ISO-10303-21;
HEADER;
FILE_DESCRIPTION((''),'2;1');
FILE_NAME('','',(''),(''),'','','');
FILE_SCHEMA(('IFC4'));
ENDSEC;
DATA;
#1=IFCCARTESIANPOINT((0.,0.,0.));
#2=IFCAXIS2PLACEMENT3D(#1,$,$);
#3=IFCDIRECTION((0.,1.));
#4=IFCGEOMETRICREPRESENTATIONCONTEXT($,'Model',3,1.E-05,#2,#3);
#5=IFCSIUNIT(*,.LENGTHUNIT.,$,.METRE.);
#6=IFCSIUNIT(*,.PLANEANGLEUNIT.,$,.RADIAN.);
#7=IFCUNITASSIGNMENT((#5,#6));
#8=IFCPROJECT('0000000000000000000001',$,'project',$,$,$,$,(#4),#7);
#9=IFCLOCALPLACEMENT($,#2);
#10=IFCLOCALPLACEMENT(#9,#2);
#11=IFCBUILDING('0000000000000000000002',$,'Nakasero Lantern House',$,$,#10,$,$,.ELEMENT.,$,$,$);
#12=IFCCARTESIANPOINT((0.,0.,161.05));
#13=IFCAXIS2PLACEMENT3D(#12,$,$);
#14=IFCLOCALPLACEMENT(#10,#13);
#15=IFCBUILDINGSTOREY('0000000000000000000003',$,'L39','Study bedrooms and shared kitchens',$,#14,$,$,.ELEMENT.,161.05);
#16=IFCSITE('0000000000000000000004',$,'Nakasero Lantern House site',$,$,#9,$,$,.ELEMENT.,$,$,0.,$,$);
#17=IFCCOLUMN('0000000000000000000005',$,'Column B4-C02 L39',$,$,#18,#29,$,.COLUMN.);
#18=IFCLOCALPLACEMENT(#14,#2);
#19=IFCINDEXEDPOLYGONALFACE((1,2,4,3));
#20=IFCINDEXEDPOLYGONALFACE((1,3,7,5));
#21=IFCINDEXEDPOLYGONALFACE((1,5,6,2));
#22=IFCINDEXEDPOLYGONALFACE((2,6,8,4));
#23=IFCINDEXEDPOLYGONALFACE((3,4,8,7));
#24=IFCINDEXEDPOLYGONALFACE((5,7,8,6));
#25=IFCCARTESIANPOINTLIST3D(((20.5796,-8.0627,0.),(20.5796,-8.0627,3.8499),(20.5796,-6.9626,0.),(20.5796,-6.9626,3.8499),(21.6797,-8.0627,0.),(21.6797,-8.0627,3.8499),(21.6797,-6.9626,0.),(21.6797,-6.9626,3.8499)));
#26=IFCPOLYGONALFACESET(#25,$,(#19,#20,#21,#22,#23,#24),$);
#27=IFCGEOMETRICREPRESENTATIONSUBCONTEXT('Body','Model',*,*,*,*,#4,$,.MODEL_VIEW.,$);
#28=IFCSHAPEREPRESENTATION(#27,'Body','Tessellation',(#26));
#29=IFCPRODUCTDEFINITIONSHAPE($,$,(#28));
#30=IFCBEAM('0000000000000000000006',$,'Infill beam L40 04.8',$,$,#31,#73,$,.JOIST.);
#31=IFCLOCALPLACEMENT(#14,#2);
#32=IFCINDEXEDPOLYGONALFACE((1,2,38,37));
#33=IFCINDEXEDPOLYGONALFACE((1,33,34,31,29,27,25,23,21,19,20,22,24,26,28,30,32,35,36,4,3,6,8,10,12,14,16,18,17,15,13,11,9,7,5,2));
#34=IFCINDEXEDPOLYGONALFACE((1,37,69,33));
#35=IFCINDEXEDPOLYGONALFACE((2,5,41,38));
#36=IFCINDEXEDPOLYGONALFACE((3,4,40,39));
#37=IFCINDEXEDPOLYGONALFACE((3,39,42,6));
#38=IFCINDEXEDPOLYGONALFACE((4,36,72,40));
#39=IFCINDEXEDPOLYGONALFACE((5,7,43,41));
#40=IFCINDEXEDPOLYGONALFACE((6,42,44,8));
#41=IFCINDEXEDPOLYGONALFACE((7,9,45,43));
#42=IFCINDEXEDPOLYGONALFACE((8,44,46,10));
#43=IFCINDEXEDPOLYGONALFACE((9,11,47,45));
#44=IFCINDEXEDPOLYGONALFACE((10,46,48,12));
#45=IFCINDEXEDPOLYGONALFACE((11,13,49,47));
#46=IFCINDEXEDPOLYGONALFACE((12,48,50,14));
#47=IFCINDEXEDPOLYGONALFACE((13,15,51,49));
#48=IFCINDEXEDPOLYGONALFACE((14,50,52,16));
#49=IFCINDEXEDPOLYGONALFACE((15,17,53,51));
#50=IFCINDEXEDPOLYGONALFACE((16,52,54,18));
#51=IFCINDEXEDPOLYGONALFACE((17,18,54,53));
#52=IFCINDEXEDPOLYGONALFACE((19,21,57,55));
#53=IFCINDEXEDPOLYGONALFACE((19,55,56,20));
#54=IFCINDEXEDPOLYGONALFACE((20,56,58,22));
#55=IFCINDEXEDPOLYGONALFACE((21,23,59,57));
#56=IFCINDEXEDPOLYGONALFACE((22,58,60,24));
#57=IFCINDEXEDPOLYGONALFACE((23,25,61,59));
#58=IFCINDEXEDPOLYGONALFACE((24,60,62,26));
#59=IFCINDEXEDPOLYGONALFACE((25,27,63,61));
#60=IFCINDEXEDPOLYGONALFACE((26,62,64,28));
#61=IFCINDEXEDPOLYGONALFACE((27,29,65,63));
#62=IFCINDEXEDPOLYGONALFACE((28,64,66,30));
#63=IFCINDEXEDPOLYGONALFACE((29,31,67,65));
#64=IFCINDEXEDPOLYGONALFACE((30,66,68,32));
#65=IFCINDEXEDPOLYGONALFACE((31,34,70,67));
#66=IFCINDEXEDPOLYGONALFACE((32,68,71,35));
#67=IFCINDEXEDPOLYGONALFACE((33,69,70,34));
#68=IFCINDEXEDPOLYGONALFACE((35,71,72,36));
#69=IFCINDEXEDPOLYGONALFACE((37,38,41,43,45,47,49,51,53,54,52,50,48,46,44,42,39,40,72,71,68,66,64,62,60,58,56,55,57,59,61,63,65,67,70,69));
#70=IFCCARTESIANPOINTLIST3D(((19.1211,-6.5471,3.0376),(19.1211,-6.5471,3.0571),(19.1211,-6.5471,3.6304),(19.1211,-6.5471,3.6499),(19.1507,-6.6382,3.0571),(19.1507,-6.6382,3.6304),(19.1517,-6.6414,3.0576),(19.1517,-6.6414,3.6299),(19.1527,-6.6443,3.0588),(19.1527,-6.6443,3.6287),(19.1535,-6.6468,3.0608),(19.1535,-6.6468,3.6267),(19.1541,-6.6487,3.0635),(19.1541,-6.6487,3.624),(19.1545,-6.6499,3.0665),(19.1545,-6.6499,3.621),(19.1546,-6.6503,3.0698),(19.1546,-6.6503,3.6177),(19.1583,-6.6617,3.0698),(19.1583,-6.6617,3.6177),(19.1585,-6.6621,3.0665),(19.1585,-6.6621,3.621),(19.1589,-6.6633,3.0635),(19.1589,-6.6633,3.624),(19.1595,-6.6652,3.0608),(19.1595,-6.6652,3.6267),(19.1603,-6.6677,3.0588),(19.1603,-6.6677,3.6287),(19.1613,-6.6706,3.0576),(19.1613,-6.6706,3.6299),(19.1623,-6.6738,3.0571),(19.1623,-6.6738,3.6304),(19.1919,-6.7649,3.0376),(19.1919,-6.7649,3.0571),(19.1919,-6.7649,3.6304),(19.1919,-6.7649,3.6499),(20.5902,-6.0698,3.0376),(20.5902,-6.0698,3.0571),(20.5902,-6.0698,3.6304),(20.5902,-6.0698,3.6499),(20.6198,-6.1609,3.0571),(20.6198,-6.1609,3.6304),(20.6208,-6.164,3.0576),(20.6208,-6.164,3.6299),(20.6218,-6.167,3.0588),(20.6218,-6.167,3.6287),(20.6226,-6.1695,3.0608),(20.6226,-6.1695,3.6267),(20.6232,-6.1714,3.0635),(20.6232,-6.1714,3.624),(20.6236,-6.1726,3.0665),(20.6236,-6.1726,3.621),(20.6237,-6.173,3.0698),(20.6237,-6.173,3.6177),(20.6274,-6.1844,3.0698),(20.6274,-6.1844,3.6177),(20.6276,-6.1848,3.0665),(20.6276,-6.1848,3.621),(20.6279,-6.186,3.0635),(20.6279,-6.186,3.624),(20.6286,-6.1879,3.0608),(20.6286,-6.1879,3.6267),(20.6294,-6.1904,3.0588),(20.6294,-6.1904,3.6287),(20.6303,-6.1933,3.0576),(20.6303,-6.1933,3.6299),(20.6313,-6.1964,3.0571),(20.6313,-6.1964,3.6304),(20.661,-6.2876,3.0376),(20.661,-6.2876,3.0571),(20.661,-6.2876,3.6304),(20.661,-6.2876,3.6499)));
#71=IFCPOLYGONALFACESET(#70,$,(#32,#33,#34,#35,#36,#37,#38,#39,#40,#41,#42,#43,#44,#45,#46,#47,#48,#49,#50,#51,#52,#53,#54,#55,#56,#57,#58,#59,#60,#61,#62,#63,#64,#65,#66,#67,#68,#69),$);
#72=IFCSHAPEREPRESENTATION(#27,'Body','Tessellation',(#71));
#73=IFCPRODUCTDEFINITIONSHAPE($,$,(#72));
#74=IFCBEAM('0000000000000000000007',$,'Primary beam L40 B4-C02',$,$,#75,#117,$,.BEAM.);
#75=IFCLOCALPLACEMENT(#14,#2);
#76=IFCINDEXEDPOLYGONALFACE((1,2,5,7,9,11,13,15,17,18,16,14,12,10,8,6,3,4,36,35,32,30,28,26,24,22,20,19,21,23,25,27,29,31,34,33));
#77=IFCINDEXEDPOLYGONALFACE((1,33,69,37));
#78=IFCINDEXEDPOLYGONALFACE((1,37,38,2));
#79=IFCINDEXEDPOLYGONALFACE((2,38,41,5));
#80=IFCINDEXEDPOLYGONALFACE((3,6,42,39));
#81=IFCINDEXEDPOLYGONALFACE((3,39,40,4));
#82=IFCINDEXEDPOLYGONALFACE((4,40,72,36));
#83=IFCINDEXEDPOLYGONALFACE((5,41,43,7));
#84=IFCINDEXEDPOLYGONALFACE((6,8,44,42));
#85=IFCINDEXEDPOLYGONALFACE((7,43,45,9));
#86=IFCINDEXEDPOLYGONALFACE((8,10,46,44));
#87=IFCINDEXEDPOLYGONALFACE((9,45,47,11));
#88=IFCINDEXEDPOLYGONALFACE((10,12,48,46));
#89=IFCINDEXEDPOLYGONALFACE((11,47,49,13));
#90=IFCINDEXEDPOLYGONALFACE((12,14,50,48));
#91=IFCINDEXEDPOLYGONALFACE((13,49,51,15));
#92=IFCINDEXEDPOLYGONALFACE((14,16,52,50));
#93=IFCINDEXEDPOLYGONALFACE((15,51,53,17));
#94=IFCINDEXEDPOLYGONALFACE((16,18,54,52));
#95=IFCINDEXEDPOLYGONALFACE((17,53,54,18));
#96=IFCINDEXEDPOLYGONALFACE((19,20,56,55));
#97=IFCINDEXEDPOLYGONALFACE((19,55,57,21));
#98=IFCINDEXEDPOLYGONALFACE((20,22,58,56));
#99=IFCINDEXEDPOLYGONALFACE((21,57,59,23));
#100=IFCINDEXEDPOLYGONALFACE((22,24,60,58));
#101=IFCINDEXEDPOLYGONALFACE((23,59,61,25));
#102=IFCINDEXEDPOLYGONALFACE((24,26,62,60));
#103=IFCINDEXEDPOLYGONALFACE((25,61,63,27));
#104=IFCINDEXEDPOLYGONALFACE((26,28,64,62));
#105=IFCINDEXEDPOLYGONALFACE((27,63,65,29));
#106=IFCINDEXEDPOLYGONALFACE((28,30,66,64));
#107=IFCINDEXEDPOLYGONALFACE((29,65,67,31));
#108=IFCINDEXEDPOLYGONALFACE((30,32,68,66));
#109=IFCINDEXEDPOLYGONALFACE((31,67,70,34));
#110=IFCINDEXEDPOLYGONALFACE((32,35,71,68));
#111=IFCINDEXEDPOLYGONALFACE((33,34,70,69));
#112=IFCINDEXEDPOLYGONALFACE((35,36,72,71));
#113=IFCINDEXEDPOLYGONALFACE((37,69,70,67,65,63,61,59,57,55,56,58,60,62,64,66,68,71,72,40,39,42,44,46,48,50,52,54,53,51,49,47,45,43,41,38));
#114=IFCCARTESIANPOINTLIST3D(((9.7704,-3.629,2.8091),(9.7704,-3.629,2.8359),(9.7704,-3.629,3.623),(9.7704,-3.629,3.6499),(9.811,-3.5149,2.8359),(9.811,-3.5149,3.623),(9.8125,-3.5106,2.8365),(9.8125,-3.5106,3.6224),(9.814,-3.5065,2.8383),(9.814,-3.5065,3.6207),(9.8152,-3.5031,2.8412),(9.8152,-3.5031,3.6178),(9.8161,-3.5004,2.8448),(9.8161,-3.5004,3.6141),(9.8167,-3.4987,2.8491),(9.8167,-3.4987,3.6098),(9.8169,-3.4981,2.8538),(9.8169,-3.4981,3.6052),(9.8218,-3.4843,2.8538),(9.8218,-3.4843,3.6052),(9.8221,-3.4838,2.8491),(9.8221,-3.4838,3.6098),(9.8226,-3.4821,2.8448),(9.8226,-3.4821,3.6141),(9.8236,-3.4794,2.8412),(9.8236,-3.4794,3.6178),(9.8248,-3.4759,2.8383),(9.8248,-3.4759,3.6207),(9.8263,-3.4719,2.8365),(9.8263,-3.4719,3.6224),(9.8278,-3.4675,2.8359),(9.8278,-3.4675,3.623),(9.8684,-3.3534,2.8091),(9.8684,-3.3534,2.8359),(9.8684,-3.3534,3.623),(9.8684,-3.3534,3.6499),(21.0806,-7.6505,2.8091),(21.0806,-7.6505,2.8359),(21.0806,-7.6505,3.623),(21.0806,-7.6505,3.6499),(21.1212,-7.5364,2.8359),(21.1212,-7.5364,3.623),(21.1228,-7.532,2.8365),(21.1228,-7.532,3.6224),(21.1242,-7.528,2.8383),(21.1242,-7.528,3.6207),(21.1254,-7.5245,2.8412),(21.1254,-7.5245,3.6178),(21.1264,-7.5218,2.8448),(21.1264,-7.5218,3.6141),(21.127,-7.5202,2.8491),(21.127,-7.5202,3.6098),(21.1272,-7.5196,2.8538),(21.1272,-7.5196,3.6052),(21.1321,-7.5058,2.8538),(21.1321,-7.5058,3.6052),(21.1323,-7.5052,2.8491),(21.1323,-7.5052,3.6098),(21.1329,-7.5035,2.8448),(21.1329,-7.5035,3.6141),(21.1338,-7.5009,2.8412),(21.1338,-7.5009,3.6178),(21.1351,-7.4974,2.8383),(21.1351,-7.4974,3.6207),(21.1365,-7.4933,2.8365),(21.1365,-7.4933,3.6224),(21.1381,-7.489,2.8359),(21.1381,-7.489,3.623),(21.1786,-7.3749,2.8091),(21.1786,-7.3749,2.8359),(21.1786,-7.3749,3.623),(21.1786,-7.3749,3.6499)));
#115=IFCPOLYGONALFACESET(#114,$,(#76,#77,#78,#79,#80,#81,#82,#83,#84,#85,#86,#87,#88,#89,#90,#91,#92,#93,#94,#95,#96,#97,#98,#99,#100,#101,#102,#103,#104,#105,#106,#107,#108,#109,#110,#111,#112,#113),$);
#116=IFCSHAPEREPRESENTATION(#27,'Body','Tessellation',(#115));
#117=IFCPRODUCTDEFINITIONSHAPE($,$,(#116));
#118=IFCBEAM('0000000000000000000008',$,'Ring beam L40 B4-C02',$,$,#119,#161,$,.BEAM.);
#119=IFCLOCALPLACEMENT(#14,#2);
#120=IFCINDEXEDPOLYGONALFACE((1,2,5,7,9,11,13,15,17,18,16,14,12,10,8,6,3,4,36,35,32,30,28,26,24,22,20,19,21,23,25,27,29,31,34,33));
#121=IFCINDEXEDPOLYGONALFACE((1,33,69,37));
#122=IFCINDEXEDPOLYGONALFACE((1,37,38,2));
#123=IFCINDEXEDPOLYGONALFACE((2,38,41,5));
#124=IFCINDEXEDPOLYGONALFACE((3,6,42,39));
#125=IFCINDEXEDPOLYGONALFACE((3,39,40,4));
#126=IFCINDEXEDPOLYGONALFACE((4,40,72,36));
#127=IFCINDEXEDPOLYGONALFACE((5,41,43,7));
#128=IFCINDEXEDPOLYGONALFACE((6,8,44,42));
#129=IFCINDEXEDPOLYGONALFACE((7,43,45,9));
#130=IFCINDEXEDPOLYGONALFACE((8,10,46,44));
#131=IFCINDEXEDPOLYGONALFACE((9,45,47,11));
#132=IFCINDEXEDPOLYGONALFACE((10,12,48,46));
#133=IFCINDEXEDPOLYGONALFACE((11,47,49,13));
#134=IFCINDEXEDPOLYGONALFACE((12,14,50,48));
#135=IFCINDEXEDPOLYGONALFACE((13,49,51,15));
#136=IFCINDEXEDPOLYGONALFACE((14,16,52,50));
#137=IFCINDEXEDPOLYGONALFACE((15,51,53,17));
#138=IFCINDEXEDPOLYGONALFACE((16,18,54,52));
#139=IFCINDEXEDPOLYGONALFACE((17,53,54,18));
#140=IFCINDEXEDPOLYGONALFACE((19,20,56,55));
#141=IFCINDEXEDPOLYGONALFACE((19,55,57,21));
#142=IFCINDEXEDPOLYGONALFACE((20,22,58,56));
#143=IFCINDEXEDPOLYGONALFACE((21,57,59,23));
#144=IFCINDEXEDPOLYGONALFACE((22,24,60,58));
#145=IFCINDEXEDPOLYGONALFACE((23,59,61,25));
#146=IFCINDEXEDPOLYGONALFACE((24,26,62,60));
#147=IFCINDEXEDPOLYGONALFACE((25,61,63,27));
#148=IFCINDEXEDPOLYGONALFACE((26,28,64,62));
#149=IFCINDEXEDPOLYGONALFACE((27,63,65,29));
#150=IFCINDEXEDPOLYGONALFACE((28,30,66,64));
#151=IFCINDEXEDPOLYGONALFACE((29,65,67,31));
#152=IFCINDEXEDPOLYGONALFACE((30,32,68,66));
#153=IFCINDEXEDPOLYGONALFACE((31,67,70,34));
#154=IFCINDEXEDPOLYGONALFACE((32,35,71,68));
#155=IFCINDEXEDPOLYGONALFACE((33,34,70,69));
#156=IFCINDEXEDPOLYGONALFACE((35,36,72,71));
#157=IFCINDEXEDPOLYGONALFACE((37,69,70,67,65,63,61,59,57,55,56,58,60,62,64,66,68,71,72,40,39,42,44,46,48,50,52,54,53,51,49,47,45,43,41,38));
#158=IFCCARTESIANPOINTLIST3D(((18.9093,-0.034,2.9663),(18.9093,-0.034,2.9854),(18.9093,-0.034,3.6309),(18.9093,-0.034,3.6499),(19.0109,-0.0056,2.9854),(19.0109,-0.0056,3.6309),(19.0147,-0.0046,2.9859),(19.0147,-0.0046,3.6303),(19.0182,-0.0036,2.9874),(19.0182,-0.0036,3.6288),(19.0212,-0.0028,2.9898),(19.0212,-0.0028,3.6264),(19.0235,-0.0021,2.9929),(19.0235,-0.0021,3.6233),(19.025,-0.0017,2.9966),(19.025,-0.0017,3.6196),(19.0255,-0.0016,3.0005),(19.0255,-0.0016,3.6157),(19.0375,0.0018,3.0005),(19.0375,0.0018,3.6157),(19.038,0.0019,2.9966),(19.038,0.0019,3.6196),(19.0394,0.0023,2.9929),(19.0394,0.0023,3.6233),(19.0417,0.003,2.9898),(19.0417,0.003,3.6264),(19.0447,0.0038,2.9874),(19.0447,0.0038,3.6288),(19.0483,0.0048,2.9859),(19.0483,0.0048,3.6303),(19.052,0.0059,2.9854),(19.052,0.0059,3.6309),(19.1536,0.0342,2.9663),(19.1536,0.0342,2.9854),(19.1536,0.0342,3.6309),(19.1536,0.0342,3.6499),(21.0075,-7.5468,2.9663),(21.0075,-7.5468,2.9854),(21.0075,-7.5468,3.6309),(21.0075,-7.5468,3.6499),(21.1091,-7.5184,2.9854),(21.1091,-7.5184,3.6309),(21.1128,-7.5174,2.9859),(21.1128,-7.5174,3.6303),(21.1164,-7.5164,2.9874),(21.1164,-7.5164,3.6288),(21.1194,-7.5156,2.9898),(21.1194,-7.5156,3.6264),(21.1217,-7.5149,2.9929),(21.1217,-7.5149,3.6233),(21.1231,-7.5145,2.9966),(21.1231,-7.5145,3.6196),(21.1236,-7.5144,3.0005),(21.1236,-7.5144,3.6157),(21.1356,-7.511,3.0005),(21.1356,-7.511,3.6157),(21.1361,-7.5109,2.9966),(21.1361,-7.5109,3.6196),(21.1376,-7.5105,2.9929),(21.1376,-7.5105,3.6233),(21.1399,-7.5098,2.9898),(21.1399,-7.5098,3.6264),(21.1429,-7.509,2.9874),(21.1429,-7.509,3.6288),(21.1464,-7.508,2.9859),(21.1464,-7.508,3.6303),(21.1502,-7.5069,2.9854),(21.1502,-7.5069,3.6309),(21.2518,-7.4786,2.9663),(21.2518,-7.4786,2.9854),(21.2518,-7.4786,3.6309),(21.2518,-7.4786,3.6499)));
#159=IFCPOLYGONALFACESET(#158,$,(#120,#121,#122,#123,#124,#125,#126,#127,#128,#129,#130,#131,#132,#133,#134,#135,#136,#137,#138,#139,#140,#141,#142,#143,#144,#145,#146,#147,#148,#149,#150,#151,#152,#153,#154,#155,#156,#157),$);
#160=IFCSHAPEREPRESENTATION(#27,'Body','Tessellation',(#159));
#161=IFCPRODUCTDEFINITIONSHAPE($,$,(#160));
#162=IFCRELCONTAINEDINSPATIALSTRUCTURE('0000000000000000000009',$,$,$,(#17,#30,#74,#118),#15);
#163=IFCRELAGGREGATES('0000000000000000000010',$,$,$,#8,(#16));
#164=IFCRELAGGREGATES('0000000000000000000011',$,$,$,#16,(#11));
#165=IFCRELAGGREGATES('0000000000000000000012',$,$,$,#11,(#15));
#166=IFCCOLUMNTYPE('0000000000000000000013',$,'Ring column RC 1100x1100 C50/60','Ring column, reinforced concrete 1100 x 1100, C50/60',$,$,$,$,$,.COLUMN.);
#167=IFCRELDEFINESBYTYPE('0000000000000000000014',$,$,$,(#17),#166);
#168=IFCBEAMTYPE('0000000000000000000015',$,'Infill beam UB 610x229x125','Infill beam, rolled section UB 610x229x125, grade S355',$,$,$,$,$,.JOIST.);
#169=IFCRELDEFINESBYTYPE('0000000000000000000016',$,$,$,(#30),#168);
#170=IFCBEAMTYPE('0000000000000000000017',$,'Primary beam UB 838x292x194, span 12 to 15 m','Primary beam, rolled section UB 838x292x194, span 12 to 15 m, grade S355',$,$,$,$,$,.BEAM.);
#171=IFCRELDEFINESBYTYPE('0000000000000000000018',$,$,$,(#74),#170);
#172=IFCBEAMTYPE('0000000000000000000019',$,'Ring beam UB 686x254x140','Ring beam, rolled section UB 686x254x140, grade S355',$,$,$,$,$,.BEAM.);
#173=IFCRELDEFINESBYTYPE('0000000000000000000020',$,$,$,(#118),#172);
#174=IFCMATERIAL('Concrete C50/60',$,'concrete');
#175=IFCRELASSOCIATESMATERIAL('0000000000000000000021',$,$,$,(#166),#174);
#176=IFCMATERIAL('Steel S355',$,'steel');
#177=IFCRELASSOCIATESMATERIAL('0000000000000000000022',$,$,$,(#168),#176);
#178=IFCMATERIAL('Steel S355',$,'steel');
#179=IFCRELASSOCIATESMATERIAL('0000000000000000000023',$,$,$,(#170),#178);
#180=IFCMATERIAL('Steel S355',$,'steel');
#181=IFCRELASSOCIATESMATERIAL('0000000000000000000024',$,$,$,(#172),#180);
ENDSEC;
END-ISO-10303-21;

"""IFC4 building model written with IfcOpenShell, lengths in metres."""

from ifc_helpers import new_model, si_unit, direction, frame, origin, origin_2d, place, context, subcontext, project, spatial, rectangle, i_section, extrude, material, material_profile, profile_set, type_object, element, save


model = new_model("IFC4")

# Units and contexts
model_context = context("Model", 3, precision=1e-05, world=origin(), true_north=direction((0.0, 1.0)))
body_context = subcontext(model_context, "Body", "Model", "MODEL_VIEW")
ifc_project = project(units=[si_unit("LENGTHUNIT", "METRE"), si_unit("PLANEANGLEUNIT", "RADIAN")], contexts=[model_context])

# Site, building, storey
site_placement = place(None, origin())
site = spatial("IfcSite", under=ifc_project, at=site_placement, Name="Nakasero Lantern House site", CompositionType="ELEMENT", RefElevation=0.0)
building_placement = place(site_placement, origin())
building = spatial("IfcBuilding", under=site, at=building_placement, Name="Nakasero Lantern House", CompositionType="ELEMENT")
storey_placement = place(building_placement, frame((0.0, 0.0, 161.05)))
storey = spatial("IfcBuildingStorey", under=building, at=storey_placement, Name="L39", Description="Study bedrooms and shared kitchens", CompositionType="ELEMENT", Elevation=161.05)

# Column
ifc_material_1 = material(Name="Concrete C50/60", Category="concrete")
ifc_material_profile_1 = material_profile(ifc_material_1, rectangle(XDim=1.1001, YDim=1.1001, at=origin_2d()), Name="RC 1100x1100")
ifc_profile_set_1 = profile_set([ifc_material_profile_1], Name="Concrete C50/60")
column_type = type_object("IfcColumnType", Name="Ring column RC 1100x1100 C50/60", Description="Ring column, reinforced concrete 1100 x 1100, C50/60", PredefinedType="COLUMN", material=ifc_profile_set_1)
column_placement = place(storey_placement, frame((21.1296, -7.5127, 0.0), z_axis=(0.0, 0.0, 1.0), x_axis=(1.0, 0.0, 0.0)))
element("IfcColumn", 1, at=column_placement, inside=storey, type_object=column_type, Name="Column B4-C02 L39", PredefinedType="COLUMN", context=body_context, shape_type="SweptSolid", body=[
    extrude(rectangle(XDim=1.1001, YDim=1.1001, at=origin_2d()), origin(), (0.0, 0.0, 1.0), 3.8499),
])

# Beams
ifc_material_2 = material(Name="Steel S355", Category="steel")
ifc_material_profile_2 = material_profile(ifc_material_2, i_section(OverallWidth=0.229, OverallDepth=0.6123, WebThickness=0.012, FlangeThickness=0.0195, FilletRadius=0.0127, at=origin_2d()), Name="UB 610x229x125")
ifc_profile_set_2 = profile_set([ifc_material_profile_2], Name="Steel S355")
beam_type_1 = type_object("IfcBeamType", Name="Infill beam UB 610x229x125", Description="Infill beam, rolled section UB 610x229x125, grade S355", PredefinedType="JOIST", material=ifc_profile_set_2)
beam_1_placement = place(storey_placement, frame((19.1565, -6.656, 3.3438), z_axis=(0.951058, 0.309011, 0.0), x_axis=(-0.309011, 0.951058, 0.0)))
element("IfcBeam", 2, at=beam_1_placement, inside=storey, type_object=beam_type_1, Name="Infill beam L40 04.8", PredefinedType="JOIST", context=body_context, shape_type="SweptSolid", body=[
    extrude(i_section(OverallWidth=0.229, OverallDepth=0.6123, WebThickness=0.012, FlangeThickness=0.0195, FilletRadius=0.0127, at=origin_2d()), origin(), (0.0, 0.0, 1.0), 1.5447),
])
ifc_material_3 = material(Name="Steel S355", Category="steel")
ifc_material_profile_3 = material_profile(ifc_material_3, i_section(OverallWidth=0.2925, OverallDepth=0.8408, WebThickness=0.0146, FlangeThickness=0.0269, FilletRadius=0.0178, at=origin_2d()), Name="UB 838x292x194")
ifc_profile_set_3 = profile_set([ifc_material_profile_3], Name="Steel S355")
beam_type_2 = type_object("IfcBeamType", Name="Primary beam UB 838x292x194, span 12 to 15 m", Description="Primary beam, rolled section UB 838x292x194, span 12 to 15 m, grade S355", PredefinedType="BEAM", material=ifc_profile_set_3)
beam_2_placement = place(storey_placement, frame((21.1296, -7.5127, 3.2295), z_axis=(-0.942214, 0.335013, 0.0), x_axis=(-0.335013, -0.942214, 0.0)))
element("IfcBeam", 3, at=beam_2_placement, inside=storey, type_object=beam_type_2, Name="Primary beam L40 B4-C02", PredefinedType="BEAM", context=body_context, shape_type="SweptSolid", body=[
    extrude(i_section(OverallWidth=0.2925, OverallDepth=0.8408, WebThickness=0.0146, FlangeThickness=0.0269, FilletRadius=0.0178, at=origin_2d()), origin(), (0.0, 0.0, 1.0), 12.0039),
])
ifc_material_4 = material(Name="Steel S355", Category="steel")
ifc_material_profile_4 = material_profile(ifc_material_4, i_section(OverallWidth=0.2537, OverallDepth=0.6836, WebThickness=0.0125, FlangeThickness=0.019, FilletRadius=0.0151, at=origin_2d()), Name="UB 686x254x140")
ifc_profile_set_4 = profile_set([ifc_material_profile_4], Name="Steel S355")
beam_type_3 = type_object("IfcBeamType", Name="Ring beam UB 686x254x140", Description="Ring beam, rolled section UB 686x254x140, grade S355", PredefinedType="BEAM", material=ifc_profile_set_4)
beam_3_placement = place(storey_placement, frame((21.1296, -7.5127, 3.3081), z_axis=(-0.268987, 0.963144, 0.0), x_axis=(-0.963144, -0.268987, 0.0)))
element("IfcBeam", 4, at=beam_3_placement, inside=storey, type_object=beam_type_3, Name="Ring beam L40 B4-C02", PredefinedType="BEAM", context=body_context, shape_type="SweptSolid", body=[
    extrude(i_section(OverallWidth=0.2537, OverallDepth=0.6836, WebThickness=0.0125, FlangeThickness=0.019, FilletRadius=0.0151, at=origin_2d()), origin(), (0.0, 0.0, 1.0), 7.8003),
])

save(model, "model.ifc")
